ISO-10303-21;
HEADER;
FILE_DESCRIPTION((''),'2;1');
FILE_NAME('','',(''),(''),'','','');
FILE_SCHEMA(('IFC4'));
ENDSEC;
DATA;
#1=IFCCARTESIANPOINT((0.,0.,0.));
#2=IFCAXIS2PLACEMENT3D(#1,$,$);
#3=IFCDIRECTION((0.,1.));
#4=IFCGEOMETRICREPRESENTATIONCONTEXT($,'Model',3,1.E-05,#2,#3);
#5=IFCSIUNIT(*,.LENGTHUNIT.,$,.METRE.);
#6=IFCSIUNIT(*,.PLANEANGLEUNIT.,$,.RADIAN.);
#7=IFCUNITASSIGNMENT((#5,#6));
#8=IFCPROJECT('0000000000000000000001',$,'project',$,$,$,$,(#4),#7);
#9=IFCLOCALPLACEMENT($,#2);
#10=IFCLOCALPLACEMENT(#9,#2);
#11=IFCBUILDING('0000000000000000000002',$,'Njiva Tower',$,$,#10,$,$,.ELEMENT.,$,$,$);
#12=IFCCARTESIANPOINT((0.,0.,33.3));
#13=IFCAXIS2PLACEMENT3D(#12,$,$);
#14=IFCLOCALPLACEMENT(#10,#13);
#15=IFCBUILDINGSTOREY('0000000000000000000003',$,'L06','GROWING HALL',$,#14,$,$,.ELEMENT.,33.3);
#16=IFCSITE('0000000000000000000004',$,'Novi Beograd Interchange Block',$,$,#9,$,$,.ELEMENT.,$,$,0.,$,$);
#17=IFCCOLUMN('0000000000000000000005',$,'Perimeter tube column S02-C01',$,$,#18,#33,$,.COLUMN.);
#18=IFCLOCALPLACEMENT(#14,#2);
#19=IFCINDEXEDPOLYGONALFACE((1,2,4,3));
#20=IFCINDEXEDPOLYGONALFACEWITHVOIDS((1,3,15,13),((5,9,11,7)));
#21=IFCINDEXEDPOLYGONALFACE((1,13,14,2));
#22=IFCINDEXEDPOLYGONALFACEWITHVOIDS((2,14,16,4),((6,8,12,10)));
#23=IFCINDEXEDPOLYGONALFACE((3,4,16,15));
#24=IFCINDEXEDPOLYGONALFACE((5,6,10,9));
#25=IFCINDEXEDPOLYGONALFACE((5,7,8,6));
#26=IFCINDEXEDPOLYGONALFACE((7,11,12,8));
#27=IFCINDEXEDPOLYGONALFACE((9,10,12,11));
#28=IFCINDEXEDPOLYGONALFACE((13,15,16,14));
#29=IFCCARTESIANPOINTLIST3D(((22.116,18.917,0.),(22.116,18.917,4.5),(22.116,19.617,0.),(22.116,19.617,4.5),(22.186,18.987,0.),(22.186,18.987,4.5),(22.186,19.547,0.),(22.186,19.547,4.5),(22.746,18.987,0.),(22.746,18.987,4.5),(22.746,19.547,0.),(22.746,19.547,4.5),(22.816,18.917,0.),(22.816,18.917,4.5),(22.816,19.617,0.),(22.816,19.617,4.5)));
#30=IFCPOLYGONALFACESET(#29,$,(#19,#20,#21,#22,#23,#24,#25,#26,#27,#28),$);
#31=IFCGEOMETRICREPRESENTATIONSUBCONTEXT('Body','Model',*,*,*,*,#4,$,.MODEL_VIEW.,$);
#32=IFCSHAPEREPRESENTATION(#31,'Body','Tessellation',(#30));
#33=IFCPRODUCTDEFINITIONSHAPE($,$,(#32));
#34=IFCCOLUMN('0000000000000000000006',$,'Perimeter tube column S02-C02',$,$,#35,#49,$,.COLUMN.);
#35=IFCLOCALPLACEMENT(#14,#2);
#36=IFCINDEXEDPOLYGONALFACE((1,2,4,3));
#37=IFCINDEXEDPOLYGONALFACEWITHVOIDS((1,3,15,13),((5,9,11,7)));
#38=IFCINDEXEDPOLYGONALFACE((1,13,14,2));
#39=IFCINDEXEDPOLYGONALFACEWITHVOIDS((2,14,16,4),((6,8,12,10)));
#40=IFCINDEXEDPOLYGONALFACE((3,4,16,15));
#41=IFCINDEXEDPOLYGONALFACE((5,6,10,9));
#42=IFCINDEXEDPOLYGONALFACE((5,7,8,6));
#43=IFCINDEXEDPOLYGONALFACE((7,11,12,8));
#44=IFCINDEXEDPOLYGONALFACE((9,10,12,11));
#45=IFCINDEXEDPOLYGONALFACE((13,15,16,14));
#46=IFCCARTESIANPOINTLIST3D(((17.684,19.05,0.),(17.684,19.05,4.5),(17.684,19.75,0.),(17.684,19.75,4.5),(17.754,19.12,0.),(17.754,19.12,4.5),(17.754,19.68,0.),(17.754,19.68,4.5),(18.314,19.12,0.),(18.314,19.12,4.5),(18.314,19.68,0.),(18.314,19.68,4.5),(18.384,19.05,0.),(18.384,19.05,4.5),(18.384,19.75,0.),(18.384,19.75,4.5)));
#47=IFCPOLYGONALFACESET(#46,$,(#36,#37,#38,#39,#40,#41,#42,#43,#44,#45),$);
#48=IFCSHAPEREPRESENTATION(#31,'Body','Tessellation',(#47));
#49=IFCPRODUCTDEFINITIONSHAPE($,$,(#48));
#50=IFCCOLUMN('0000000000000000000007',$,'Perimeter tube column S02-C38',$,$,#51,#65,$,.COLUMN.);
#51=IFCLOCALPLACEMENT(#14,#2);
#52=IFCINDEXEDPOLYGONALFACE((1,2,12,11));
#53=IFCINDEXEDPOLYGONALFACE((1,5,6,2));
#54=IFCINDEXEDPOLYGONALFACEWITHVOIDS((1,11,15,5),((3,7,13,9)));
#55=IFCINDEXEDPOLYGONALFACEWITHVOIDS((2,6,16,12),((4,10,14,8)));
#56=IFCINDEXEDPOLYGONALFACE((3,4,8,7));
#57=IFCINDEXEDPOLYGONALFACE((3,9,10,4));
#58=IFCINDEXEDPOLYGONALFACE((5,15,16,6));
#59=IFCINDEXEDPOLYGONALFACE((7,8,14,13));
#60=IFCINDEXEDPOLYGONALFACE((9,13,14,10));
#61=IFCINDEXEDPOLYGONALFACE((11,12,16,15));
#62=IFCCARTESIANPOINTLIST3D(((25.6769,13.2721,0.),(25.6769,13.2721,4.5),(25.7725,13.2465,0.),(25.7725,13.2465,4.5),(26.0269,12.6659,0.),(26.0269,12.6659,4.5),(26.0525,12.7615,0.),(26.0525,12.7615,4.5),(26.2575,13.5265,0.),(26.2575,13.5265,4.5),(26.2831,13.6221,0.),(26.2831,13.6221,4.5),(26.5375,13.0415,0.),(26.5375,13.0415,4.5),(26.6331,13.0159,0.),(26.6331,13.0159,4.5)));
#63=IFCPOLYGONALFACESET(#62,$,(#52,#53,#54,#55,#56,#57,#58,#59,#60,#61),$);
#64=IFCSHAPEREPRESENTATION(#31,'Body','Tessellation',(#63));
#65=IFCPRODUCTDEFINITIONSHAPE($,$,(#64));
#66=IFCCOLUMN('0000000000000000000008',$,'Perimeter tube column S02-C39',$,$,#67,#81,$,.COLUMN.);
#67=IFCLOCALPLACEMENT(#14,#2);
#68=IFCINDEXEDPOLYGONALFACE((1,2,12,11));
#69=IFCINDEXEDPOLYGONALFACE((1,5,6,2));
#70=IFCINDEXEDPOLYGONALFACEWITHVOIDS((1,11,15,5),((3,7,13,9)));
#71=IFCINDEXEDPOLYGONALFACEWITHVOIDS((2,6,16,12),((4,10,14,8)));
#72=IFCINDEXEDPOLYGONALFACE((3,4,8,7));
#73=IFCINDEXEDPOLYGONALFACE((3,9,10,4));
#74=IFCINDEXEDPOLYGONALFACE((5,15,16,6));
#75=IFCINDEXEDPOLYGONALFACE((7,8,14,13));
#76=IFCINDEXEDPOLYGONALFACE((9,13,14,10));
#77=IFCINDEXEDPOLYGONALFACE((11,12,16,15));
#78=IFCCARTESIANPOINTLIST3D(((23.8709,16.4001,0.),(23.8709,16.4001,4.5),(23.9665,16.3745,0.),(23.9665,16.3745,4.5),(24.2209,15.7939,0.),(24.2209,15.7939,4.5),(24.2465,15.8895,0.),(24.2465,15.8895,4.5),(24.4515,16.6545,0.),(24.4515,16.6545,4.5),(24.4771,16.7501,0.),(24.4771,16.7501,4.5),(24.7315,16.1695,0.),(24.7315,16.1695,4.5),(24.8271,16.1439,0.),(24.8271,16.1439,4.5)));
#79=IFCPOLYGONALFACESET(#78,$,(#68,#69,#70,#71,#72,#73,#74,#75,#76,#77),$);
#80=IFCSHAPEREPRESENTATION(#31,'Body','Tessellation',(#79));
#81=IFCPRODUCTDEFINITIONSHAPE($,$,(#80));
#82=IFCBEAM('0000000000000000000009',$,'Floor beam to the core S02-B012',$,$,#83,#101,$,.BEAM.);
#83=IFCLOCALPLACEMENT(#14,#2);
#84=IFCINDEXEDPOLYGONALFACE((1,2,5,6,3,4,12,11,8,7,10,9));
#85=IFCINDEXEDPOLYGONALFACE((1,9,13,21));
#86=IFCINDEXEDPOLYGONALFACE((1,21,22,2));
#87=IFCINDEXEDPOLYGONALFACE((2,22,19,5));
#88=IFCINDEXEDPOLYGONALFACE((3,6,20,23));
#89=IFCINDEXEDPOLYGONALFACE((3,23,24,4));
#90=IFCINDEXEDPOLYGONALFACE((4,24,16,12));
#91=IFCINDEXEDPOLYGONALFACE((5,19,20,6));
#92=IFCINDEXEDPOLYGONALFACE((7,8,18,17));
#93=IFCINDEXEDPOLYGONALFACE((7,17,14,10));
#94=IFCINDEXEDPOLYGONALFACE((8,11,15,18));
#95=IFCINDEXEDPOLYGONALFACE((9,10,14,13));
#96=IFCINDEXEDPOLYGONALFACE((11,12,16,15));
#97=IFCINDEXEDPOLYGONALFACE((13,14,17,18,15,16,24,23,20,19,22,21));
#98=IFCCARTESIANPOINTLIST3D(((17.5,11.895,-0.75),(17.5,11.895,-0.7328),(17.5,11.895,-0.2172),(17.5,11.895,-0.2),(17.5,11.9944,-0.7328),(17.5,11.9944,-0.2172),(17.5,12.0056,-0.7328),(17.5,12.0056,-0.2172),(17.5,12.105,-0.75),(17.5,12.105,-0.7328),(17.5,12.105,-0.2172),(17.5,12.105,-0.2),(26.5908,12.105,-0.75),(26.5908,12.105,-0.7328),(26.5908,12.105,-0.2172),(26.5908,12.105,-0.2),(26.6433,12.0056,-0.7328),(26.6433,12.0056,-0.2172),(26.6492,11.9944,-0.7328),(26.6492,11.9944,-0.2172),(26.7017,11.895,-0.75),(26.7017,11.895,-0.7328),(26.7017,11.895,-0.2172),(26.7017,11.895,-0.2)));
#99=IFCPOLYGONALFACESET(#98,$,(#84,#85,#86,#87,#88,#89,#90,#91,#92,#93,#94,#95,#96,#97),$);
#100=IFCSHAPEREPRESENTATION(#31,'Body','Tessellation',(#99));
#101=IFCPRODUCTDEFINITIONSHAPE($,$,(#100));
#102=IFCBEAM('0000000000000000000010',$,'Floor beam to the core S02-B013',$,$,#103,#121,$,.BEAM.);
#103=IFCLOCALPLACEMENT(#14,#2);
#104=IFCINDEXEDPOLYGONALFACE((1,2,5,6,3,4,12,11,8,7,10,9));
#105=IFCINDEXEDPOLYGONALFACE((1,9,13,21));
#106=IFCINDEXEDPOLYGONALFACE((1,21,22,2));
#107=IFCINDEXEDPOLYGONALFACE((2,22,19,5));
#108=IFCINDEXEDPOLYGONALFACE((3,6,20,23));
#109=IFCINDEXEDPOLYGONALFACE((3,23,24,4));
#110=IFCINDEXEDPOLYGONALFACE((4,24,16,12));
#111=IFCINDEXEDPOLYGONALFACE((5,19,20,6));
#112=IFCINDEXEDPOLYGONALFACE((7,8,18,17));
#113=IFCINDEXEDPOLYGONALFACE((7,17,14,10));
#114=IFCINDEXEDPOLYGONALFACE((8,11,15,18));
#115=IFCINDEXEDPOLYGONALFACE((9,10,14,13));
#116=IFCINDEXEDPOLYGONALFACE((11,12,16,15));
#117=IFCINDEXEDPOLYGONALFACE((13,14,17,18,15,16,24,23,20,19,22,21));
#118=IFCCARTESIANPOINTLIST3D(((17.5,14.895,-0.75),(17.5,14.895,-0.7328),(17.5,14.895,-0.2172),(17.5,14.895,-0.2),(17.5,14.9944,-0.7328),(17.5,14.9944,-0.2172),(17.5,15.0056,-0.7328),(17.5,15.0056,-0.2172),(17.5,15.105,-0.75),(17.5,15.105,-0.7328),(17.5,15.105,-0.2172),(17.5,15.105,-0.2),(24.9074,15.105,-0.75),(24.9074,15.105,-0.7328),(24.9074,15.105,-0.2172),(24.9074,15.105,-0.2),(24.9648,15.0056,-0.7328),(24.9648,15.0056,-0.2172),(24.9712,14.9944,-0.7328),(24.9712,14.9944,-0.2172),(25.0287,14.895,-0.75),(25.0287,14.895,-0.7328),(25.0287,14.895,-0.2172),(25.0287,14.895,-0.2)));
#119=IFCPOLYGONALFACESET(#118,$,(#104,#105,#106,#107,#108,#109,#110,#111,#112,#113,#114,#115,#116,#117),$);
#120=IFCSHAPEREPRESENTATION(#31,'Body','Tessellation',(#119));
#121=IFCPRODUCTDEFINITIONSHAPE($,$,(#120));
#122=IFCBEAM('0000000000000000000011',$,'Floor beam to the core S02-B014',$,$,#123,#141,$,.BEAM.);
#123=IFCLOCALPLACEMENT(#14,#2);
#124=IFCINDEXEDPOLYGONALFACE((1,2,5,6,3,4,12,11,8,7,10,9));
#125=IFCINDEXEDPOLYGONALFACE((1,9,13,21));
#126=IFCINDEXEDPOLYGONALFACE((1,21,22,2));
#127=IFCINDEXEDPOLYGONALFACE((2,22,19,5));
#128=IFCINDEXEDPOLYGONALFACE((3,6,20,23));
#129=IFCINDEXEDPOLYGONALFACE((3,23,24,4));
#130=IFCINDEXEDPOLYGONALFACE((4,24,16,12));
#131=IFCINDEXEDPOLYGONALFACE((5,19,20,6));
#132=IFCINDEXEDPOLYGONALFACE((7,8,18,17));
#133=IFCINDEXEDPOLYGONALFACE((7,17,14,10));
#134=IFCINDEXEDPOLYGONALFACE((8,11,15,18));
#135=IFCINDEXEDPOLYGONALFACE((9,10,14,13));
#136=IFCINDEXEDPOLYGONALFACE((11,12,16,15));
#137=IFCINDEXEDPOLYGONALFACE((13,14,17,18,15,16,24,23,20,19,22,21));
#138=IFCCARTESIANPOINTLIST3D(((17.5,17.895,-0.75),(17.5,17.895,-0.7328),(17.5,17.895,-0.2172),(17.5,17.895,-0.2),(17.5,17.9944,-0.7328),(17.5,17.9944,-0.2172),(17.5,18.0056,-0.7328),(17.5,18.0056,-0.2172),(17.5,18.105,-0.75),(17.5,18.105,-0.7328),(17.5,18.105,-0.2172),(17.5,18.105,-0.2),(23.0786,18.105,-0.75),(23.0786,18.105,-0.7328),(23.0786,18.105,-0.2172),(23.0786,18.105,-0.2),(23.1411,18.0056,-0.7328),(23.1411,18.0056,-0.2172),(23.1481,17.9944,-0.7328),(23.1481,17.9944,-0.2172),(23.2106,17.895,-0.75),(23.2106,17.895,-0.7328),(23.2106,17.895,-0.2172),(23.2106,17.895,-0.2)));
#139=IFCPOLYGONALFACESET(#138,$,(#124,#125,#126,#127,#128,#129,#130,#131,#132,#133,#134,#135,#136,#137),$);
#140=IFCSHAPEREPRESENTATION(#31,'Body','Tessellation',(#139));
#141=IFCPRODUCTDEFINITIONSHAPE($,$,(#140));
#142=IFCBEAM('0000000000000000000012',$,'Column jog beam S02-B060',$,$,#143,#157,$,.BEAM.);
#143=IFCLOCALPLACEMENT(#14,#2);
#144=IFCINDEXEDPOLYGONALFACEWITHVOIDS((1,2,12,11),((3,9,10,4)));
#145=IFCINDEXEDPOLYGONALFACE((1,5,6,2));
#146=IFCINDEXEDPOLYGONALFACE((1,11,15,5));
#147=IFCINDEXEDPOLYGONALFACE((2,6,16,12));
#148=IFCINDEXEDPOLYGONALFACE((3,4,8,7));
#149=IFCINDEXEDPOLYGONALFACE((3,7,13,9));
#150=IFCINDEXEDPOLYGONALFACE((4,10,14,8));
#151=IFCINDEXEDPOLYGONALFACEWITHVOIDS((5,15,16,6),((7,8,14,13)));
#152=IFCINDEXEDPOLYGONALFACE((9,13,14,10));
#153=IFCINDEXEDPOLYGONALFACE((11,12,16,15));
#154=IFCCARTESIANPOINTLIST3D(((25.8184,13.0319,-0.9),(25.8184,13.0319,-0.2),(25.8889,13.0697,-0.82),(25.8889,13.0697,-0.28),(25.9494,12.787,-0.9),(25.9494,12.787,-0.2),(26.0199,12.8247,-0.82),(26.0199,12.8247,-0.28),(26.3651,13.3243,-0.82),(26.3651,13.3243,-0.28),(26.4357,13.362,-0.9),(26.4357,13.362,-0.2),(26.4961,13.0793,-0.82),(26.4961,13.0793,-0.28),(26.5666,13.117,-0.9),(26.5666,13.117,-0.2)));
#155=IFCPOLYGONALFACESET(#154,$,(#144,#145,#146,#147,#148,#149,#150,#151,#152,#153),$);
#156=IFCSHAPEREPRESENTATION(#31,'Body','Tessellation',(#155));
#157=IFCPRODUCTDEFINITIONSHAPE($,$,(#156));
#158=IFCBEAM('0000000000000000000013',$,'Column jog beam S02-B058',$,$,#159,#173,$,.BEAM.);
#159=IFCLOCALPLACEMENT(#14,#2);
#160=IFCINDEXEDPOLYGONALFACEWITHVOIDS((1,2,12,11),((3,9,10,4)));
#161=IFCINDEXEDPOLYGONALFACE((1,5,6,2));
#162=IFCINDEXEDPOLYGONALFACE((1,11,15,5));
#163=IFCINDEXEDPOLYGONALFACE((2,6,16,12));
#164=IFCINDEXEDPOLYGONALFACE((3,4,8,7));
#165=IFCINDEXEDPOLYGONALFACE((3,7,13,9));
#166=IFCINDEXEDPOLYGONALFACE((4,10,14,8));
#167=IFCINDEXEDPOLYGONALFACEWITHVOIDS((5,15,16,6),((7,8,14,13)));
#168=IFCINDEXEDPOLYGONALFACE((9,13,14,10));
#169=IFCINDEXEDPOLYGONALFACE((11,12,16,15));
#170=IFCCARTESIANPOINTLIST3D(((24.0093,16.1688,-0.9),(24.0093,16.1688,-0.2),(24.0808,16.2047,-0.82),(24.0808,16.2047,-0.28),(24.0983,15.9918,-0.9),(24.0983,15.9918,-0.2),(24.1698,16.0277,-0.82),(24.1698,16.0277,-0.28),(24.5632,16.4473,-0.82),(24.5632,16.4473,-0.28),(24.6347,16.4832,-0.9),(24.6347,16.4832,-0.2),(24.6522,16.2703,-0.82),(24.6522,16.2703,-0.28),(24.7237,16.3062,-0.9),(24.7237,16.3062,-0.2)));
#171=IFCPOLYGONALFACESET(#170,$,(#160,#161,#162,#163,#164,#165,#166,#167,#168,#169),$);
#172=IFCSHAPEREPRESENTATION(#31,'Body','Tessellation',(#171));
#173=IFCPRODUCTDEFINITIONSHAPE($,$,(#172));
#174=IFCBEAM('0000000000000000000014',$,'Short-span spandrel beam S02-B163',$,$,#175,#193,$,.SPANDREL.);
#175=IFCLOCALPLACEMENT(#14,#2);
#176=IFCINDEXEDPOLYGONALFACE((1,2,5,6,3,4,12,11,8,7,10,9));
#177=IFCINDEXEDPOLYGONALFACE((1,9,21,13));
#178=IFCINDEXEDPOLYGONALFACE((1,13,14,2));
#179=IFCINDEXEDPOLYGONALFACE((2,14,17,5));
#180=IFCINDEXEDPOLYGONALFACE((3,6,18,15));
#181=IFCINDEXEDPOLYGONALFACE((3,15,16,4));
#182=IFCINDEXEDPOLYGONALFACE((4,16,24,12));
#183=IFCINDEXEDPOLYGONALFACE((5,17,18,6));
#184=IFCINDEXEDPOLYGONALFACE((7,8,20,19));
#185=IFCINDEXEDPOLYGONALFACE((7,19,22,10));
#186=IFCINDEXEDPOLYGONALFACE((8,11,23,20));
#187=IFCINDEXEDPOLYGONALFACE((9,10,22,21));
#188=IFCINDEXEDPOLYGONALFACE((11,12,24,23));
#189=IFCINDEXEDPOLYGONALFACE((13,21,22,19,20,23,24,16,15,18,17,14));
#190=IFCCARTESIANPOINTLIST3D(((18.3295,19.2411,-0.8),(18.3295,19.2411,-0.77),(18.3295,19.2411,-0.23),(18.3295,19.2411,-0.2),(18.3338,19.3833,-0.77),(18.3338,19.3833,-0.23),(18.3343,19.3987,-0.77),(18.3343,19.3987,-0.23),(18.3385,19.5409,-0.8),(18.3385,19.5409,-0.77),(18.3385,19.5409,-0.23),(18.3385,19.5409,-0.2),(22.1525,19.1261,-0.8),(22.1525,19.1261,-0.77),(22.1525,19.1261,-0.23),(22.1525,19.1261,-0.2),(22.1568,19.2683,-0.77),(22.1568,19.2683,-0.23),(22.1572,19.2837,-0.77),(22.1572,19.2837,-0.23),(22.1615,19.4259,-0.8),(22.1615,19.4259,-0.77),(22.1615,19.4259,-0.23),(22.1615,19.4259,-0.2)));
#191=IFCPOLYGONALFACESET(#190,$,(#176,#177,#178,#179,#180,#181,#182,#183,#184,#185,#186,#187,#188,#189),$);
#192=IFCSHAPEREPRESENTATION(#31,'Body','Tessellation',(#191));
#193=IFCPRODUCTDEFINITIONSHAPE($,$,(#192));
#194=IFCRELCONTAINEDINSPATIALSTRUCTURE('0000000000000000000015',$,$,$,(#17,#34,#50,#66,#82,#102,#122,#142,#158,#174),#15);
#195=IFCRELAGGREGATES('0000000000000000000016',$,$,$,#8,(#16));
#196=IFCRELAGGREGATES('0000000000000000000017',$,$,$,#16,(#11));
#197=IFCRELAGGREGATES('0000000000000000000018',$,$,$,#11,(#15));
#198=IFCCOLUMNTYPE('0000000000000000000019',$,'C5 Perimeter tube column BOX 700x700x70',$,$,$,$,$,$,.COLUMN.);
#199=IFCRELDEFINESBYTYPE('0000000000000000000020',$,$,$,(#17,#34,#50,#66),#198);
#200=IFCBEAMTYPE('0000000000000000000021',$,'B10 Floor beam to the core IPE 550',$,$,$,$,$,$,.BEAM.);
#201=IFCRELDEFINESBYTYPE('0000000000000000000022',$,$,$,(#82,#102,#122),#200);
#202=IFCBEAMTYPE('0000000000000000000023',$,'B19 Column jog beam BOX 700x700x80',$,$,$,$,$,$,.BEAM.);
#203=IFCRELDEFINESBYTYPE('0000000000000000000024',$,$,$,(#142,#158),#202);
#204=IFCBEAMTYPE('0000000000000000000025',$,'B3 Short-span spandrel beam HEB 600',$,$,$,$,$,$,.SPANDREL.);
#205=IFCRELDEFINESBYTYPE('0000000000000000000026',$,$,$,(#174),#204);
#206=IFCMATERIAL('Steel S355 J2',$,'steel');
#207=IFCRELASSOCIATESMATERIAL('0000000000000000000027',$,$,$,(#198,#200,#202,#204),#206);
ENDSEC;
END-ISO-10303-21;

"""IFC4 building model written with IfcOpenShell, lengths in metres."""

from ifc_helpers import new_model, si_unit, direction, frame, origin, origin_2d, place, context, subcontext, project, spatial, hollow_rectangle, i_section, extrude, clip, halfspace, material, material_profile, profile_set, type_object, element, save


model = new_model("IFC4")

# Units and contexts
model_context = context("Model", 3, precision=1e-05, world=origin(), true_north=direction((0.0, 1.0)))
body_context = subcontext(model_context, "Body", "Model", "MODEL_VIEW")
ifc_project = project(units=[si_unit("LENGTHUNIT", "METRE"), si_unit("PLANEANGLEUNIT", "RADIAN")], contexts=[model_context])

# Site, building, storey
site_placement = place(None, origin())
site = spatial("IfcSite", under=ifc_project, at=site_placement, Name="Novi Beograd Interchange Block", CompositionType="ELEMENT", RefElevation=0.0)
building_placement = place(site_placement, origin())
building = spatial("IfcBuilding", under=site, at=building_placement, Name="Njiva Tower", CompositionType="ELEMENT")
storey_placement = place(building_placement, frame((0.0, 0.0, 33.3)))
storey = spatial("IfcBuildingStorey", under=building, at=storey_placement, Name="L06", Description="GROWING HALL", CompositionType="ELEMENT", Elevation=33.3)

# Columns
ifc_material_1 = material(Name="Steel S355 J2", Category="steel")
ifc_material_profile_1 = material_profile(ifc_material_1, hollow_rectangle(XDim=0.7, YDim=0.7, WallThickness=0.07, at=origin_2d()), Name="BOX 700x700x70")
ifc_profile_set_1 = profile_set([ifc_material_profile_1], Name="Steel S355 J2")
column_type = type_object("IfcColumnType", Name="C5 Perimeter tube column BOX 700x700x70", PredefinedType="COLUMN", material=ifc_profile_set_1)
for number, where, z_axis, x_axis, name in (
    (1, (22.466, 19.267, 0.0), (0.0, 0.0, 1.0), (-1.0, 0.0, 0.0), "Perimeter tube column S02-C01"),
    (2, (18.034, 19.4, 0.0), (0.0, 0.0, 1.0), (-1.0, 0.0, 0.0), "Perimeter tube column S02-C02"),
    (3, (26.155, 13.144, 0.0), (0.0, 0.0, 1.0), (-0.5, 0.866025, 0.0), "Perimeter tube column S02-C38"),
    (4, (24.349, 16.272, 0.0), (0.0, 0.0, 1.0), (-0.5, 0.866025, 0.0), "Perimeter tube column S02-C39"),
):
    element("IfcColumn", number, at=place(storey_placement, frame(where, z_axis=z_axis, x_axis=x_axis)), inside=storey, type_object=column_type, Name=name, PredefinedType="COLUMN", context=body_context, shape_type="SweptSolid", body=[
        extrude(hollow_rectangle(XDim=0.7, YDim=0.7, WallThickness=0.07, at=origin_2d()), origin(), (0.0, 0.0, 1.0), 4.5),
    ])

# Beams
ifc_material_profile_2 = material_profile(ifc_material_1, i_section(OverallWidth=0.21, OverallDepth=0.55, WebThickness=0.0111, FlangeThickness=0.0172, at=origin_2d()), Name="IPE 550")
ifc_profile_set_2 = profile_set([ifc_material_profile_2], Name="Steel S355 J2")
beam_type_1 = type_object("IfcBeamType", Name="B10 Floor beam to the core IPE 550", PredefinedType="BEAM", material=ifc_profile_set_2)
beam_1_placement = place(storey_placement, frame((17.5, 12.0, -0.475), z_axis=(1.0, 0.0, 0.0), x_axis=(0.0, 1.0, 0.0)))
element("IfcBeam", 5, at=beam_1_placement, inside=storey, type_object=beam_type_1, Name="Floor beam to the core S02-B012", PredefinedType="BEAM", context=body_context, shape_type="Clipping", body=[
    clip(extrude(i_section(OverallWidth=0.21, OverallDepth=0.55, WebThickness=0.0111, FlangeThickness=0.0172, at=origin_2d()), origin(), (0.0, 0.0, 1.0), 9.221), halfspace(frame((0.0234, 0.0, 9.1339), z_axis=(0.467062, 0.0, 0.884224), x_axis=(0.0, 1.0, 0.0)), False)),
])
beam_2_placement = place(storey_placement, frame((17.5, 15.0, -0.475), z_axis=(1.0, 0.0, 0.0), x_axis=(0.0, 1.0, 0.0)))
element("IfcBeam", 6, at=beam_2_placement, inside=storey, type_object=beam_type_1, Name="Floor beam to the core S02-B013", PredefinedType="BEAM", context=body_context, shape_type="Clipping", body=[
    clip(extrude(i_section(OverallWidth=0.21, OverallDepth=0.55, WebThickness=0.0111, FlangeThickness=0.0172, at=origin_2d()), origin(), (0.0, 0.0, 1.0), 7.549), halfspace(frame((0.025, 0.0, 7.4536), z_axis=(0.499998, 0.0, 0.866027), x_axis=(0.0, 1.0, 0.0)), False)),
])
beam_3_placement = place(storey_placement, frame((17.5, 18.0, -0.475), z_axis=(1.0, 0.0, 0.0), x_axis=(0.0, 1.0, 0.0)))
element("IfcBeam", 7, at=beam_3_placement, inside=storey, type_object=beam_type_1, Name="Floor beam to the core S02-B014", PredefinedType="BEAM", context=body_context, shape_type="Clipping", body=[
    clip(extrude(i_section(OverallWidth=0.21, OverallDepth=0.55, WebThickness=0.0111, FlangeThickness=0.0172, at=origin_2d()), origin(), (0.0, 0.0, 1.0), 5.731), halfspace(frame((0.0266, 0.0, 5.6279), z_axis=(0.53223, 0.0, 0.8466), x_axis=(0.0, 1.0, 0.0)), False)),
])
ifc_material_profile_3 = material_profile(ifc_material_1, hollow_rectangle(XDim=0.7, YDim=0.7, WallThickness=0.08, at=origin_2d()), Name="BOX 700x700x80")
ifc_profile_set_3 = profile_set([ifc_material_profile_3], Name="Steel S355 J2")
beam_type_2 = type_object("IfcBeamType", Name="B19 Column jog beam BOX 700x700x80", PredefinedType="BEAM", material=ifc_profile_set_3)
beam_4_placement = place(storey_placement, frame((26.258, 12.952, -0.55), z_axis=(-0.471522, 0.881854, 0.0), x_axis=(-0.881854, -0.471522, 0.0)))
element("IfcBeam", 8, at=beam_4_placement, inside=storey, type_object=beam_type_2, Name="Column jog beam S02-B060", PredefinedType="BEAM", context=body_context, shape_type="SweptSolid", body=[
    extrude(hollow_rectangle(XDim=0.7, YDim=0.7, WallThickness=0.08, at=origin_2d()), origin(), (0.0, 0.0, 1.0), 0.2778),
])
beam_5_placement = place(storey_placement, frame((24.411, 16.149, -0.55), z_axis=(-0.449231, 0.893415, 0.0), x_axis=(-0.893415, -0.449231, 0.0)))
element("IfcBeam", 9, at=beam_5_placement, inside=storey, type_object=beam_type_2, Name="Column jog beam S02-B058", PredefinedType="BEAM", context=body_context, shape_type="SweptSolid", body=[
    extrude(hollow_rectangle(XDim=0.7, YDim=0.7, WallThickness=0.08, at=origin_2d()), origin(), (0.0, 0.0, 1.0), 0.1981),
])
ifc_material_profile_4 = material_profile(ifc_material_1, i_section(OverallWidth=0.3, OverallDepth=0.6, WebThickness=0.0155, FlangeThickness=0.03, at=origin_2d()), Name="HEB 600")
ifc_profile_set_4 = profile_set([ifc_material_profile_4], Name="Steel S355 J2")
beam_type_3 = type_object("IfcBeamType", Name="B3 Short-span spandrel beam HEB 600", PredefinedType="SPANDREL", material=ifc_profile_set_4)
beam_6_placement = place(storey_placement, frame((22.157, 19.276, -0.5), z_axis=(-0.999548, 0.030067, 0.0), x_axis=(-0.030067, -0.999548, 0.0)))
element("IfcBeam", 10, at=beam_6_placement, inside=storey, type_object=beam_type_3, Name="Short-span spandrel beam S02-B163", PredefinedType="SPANDREL", context=body_context, shape_type="SweptSolid", body=[
    extrude(i_section(OverallWidth=0.3, OverallDepth=0.6, WebThickness=0.0155, FlangeThickness=0.03, at=origin_2d()), origin(), (0.0, 0.0, 1.0), 3.8247),
])

save(model, "model.ifc")
